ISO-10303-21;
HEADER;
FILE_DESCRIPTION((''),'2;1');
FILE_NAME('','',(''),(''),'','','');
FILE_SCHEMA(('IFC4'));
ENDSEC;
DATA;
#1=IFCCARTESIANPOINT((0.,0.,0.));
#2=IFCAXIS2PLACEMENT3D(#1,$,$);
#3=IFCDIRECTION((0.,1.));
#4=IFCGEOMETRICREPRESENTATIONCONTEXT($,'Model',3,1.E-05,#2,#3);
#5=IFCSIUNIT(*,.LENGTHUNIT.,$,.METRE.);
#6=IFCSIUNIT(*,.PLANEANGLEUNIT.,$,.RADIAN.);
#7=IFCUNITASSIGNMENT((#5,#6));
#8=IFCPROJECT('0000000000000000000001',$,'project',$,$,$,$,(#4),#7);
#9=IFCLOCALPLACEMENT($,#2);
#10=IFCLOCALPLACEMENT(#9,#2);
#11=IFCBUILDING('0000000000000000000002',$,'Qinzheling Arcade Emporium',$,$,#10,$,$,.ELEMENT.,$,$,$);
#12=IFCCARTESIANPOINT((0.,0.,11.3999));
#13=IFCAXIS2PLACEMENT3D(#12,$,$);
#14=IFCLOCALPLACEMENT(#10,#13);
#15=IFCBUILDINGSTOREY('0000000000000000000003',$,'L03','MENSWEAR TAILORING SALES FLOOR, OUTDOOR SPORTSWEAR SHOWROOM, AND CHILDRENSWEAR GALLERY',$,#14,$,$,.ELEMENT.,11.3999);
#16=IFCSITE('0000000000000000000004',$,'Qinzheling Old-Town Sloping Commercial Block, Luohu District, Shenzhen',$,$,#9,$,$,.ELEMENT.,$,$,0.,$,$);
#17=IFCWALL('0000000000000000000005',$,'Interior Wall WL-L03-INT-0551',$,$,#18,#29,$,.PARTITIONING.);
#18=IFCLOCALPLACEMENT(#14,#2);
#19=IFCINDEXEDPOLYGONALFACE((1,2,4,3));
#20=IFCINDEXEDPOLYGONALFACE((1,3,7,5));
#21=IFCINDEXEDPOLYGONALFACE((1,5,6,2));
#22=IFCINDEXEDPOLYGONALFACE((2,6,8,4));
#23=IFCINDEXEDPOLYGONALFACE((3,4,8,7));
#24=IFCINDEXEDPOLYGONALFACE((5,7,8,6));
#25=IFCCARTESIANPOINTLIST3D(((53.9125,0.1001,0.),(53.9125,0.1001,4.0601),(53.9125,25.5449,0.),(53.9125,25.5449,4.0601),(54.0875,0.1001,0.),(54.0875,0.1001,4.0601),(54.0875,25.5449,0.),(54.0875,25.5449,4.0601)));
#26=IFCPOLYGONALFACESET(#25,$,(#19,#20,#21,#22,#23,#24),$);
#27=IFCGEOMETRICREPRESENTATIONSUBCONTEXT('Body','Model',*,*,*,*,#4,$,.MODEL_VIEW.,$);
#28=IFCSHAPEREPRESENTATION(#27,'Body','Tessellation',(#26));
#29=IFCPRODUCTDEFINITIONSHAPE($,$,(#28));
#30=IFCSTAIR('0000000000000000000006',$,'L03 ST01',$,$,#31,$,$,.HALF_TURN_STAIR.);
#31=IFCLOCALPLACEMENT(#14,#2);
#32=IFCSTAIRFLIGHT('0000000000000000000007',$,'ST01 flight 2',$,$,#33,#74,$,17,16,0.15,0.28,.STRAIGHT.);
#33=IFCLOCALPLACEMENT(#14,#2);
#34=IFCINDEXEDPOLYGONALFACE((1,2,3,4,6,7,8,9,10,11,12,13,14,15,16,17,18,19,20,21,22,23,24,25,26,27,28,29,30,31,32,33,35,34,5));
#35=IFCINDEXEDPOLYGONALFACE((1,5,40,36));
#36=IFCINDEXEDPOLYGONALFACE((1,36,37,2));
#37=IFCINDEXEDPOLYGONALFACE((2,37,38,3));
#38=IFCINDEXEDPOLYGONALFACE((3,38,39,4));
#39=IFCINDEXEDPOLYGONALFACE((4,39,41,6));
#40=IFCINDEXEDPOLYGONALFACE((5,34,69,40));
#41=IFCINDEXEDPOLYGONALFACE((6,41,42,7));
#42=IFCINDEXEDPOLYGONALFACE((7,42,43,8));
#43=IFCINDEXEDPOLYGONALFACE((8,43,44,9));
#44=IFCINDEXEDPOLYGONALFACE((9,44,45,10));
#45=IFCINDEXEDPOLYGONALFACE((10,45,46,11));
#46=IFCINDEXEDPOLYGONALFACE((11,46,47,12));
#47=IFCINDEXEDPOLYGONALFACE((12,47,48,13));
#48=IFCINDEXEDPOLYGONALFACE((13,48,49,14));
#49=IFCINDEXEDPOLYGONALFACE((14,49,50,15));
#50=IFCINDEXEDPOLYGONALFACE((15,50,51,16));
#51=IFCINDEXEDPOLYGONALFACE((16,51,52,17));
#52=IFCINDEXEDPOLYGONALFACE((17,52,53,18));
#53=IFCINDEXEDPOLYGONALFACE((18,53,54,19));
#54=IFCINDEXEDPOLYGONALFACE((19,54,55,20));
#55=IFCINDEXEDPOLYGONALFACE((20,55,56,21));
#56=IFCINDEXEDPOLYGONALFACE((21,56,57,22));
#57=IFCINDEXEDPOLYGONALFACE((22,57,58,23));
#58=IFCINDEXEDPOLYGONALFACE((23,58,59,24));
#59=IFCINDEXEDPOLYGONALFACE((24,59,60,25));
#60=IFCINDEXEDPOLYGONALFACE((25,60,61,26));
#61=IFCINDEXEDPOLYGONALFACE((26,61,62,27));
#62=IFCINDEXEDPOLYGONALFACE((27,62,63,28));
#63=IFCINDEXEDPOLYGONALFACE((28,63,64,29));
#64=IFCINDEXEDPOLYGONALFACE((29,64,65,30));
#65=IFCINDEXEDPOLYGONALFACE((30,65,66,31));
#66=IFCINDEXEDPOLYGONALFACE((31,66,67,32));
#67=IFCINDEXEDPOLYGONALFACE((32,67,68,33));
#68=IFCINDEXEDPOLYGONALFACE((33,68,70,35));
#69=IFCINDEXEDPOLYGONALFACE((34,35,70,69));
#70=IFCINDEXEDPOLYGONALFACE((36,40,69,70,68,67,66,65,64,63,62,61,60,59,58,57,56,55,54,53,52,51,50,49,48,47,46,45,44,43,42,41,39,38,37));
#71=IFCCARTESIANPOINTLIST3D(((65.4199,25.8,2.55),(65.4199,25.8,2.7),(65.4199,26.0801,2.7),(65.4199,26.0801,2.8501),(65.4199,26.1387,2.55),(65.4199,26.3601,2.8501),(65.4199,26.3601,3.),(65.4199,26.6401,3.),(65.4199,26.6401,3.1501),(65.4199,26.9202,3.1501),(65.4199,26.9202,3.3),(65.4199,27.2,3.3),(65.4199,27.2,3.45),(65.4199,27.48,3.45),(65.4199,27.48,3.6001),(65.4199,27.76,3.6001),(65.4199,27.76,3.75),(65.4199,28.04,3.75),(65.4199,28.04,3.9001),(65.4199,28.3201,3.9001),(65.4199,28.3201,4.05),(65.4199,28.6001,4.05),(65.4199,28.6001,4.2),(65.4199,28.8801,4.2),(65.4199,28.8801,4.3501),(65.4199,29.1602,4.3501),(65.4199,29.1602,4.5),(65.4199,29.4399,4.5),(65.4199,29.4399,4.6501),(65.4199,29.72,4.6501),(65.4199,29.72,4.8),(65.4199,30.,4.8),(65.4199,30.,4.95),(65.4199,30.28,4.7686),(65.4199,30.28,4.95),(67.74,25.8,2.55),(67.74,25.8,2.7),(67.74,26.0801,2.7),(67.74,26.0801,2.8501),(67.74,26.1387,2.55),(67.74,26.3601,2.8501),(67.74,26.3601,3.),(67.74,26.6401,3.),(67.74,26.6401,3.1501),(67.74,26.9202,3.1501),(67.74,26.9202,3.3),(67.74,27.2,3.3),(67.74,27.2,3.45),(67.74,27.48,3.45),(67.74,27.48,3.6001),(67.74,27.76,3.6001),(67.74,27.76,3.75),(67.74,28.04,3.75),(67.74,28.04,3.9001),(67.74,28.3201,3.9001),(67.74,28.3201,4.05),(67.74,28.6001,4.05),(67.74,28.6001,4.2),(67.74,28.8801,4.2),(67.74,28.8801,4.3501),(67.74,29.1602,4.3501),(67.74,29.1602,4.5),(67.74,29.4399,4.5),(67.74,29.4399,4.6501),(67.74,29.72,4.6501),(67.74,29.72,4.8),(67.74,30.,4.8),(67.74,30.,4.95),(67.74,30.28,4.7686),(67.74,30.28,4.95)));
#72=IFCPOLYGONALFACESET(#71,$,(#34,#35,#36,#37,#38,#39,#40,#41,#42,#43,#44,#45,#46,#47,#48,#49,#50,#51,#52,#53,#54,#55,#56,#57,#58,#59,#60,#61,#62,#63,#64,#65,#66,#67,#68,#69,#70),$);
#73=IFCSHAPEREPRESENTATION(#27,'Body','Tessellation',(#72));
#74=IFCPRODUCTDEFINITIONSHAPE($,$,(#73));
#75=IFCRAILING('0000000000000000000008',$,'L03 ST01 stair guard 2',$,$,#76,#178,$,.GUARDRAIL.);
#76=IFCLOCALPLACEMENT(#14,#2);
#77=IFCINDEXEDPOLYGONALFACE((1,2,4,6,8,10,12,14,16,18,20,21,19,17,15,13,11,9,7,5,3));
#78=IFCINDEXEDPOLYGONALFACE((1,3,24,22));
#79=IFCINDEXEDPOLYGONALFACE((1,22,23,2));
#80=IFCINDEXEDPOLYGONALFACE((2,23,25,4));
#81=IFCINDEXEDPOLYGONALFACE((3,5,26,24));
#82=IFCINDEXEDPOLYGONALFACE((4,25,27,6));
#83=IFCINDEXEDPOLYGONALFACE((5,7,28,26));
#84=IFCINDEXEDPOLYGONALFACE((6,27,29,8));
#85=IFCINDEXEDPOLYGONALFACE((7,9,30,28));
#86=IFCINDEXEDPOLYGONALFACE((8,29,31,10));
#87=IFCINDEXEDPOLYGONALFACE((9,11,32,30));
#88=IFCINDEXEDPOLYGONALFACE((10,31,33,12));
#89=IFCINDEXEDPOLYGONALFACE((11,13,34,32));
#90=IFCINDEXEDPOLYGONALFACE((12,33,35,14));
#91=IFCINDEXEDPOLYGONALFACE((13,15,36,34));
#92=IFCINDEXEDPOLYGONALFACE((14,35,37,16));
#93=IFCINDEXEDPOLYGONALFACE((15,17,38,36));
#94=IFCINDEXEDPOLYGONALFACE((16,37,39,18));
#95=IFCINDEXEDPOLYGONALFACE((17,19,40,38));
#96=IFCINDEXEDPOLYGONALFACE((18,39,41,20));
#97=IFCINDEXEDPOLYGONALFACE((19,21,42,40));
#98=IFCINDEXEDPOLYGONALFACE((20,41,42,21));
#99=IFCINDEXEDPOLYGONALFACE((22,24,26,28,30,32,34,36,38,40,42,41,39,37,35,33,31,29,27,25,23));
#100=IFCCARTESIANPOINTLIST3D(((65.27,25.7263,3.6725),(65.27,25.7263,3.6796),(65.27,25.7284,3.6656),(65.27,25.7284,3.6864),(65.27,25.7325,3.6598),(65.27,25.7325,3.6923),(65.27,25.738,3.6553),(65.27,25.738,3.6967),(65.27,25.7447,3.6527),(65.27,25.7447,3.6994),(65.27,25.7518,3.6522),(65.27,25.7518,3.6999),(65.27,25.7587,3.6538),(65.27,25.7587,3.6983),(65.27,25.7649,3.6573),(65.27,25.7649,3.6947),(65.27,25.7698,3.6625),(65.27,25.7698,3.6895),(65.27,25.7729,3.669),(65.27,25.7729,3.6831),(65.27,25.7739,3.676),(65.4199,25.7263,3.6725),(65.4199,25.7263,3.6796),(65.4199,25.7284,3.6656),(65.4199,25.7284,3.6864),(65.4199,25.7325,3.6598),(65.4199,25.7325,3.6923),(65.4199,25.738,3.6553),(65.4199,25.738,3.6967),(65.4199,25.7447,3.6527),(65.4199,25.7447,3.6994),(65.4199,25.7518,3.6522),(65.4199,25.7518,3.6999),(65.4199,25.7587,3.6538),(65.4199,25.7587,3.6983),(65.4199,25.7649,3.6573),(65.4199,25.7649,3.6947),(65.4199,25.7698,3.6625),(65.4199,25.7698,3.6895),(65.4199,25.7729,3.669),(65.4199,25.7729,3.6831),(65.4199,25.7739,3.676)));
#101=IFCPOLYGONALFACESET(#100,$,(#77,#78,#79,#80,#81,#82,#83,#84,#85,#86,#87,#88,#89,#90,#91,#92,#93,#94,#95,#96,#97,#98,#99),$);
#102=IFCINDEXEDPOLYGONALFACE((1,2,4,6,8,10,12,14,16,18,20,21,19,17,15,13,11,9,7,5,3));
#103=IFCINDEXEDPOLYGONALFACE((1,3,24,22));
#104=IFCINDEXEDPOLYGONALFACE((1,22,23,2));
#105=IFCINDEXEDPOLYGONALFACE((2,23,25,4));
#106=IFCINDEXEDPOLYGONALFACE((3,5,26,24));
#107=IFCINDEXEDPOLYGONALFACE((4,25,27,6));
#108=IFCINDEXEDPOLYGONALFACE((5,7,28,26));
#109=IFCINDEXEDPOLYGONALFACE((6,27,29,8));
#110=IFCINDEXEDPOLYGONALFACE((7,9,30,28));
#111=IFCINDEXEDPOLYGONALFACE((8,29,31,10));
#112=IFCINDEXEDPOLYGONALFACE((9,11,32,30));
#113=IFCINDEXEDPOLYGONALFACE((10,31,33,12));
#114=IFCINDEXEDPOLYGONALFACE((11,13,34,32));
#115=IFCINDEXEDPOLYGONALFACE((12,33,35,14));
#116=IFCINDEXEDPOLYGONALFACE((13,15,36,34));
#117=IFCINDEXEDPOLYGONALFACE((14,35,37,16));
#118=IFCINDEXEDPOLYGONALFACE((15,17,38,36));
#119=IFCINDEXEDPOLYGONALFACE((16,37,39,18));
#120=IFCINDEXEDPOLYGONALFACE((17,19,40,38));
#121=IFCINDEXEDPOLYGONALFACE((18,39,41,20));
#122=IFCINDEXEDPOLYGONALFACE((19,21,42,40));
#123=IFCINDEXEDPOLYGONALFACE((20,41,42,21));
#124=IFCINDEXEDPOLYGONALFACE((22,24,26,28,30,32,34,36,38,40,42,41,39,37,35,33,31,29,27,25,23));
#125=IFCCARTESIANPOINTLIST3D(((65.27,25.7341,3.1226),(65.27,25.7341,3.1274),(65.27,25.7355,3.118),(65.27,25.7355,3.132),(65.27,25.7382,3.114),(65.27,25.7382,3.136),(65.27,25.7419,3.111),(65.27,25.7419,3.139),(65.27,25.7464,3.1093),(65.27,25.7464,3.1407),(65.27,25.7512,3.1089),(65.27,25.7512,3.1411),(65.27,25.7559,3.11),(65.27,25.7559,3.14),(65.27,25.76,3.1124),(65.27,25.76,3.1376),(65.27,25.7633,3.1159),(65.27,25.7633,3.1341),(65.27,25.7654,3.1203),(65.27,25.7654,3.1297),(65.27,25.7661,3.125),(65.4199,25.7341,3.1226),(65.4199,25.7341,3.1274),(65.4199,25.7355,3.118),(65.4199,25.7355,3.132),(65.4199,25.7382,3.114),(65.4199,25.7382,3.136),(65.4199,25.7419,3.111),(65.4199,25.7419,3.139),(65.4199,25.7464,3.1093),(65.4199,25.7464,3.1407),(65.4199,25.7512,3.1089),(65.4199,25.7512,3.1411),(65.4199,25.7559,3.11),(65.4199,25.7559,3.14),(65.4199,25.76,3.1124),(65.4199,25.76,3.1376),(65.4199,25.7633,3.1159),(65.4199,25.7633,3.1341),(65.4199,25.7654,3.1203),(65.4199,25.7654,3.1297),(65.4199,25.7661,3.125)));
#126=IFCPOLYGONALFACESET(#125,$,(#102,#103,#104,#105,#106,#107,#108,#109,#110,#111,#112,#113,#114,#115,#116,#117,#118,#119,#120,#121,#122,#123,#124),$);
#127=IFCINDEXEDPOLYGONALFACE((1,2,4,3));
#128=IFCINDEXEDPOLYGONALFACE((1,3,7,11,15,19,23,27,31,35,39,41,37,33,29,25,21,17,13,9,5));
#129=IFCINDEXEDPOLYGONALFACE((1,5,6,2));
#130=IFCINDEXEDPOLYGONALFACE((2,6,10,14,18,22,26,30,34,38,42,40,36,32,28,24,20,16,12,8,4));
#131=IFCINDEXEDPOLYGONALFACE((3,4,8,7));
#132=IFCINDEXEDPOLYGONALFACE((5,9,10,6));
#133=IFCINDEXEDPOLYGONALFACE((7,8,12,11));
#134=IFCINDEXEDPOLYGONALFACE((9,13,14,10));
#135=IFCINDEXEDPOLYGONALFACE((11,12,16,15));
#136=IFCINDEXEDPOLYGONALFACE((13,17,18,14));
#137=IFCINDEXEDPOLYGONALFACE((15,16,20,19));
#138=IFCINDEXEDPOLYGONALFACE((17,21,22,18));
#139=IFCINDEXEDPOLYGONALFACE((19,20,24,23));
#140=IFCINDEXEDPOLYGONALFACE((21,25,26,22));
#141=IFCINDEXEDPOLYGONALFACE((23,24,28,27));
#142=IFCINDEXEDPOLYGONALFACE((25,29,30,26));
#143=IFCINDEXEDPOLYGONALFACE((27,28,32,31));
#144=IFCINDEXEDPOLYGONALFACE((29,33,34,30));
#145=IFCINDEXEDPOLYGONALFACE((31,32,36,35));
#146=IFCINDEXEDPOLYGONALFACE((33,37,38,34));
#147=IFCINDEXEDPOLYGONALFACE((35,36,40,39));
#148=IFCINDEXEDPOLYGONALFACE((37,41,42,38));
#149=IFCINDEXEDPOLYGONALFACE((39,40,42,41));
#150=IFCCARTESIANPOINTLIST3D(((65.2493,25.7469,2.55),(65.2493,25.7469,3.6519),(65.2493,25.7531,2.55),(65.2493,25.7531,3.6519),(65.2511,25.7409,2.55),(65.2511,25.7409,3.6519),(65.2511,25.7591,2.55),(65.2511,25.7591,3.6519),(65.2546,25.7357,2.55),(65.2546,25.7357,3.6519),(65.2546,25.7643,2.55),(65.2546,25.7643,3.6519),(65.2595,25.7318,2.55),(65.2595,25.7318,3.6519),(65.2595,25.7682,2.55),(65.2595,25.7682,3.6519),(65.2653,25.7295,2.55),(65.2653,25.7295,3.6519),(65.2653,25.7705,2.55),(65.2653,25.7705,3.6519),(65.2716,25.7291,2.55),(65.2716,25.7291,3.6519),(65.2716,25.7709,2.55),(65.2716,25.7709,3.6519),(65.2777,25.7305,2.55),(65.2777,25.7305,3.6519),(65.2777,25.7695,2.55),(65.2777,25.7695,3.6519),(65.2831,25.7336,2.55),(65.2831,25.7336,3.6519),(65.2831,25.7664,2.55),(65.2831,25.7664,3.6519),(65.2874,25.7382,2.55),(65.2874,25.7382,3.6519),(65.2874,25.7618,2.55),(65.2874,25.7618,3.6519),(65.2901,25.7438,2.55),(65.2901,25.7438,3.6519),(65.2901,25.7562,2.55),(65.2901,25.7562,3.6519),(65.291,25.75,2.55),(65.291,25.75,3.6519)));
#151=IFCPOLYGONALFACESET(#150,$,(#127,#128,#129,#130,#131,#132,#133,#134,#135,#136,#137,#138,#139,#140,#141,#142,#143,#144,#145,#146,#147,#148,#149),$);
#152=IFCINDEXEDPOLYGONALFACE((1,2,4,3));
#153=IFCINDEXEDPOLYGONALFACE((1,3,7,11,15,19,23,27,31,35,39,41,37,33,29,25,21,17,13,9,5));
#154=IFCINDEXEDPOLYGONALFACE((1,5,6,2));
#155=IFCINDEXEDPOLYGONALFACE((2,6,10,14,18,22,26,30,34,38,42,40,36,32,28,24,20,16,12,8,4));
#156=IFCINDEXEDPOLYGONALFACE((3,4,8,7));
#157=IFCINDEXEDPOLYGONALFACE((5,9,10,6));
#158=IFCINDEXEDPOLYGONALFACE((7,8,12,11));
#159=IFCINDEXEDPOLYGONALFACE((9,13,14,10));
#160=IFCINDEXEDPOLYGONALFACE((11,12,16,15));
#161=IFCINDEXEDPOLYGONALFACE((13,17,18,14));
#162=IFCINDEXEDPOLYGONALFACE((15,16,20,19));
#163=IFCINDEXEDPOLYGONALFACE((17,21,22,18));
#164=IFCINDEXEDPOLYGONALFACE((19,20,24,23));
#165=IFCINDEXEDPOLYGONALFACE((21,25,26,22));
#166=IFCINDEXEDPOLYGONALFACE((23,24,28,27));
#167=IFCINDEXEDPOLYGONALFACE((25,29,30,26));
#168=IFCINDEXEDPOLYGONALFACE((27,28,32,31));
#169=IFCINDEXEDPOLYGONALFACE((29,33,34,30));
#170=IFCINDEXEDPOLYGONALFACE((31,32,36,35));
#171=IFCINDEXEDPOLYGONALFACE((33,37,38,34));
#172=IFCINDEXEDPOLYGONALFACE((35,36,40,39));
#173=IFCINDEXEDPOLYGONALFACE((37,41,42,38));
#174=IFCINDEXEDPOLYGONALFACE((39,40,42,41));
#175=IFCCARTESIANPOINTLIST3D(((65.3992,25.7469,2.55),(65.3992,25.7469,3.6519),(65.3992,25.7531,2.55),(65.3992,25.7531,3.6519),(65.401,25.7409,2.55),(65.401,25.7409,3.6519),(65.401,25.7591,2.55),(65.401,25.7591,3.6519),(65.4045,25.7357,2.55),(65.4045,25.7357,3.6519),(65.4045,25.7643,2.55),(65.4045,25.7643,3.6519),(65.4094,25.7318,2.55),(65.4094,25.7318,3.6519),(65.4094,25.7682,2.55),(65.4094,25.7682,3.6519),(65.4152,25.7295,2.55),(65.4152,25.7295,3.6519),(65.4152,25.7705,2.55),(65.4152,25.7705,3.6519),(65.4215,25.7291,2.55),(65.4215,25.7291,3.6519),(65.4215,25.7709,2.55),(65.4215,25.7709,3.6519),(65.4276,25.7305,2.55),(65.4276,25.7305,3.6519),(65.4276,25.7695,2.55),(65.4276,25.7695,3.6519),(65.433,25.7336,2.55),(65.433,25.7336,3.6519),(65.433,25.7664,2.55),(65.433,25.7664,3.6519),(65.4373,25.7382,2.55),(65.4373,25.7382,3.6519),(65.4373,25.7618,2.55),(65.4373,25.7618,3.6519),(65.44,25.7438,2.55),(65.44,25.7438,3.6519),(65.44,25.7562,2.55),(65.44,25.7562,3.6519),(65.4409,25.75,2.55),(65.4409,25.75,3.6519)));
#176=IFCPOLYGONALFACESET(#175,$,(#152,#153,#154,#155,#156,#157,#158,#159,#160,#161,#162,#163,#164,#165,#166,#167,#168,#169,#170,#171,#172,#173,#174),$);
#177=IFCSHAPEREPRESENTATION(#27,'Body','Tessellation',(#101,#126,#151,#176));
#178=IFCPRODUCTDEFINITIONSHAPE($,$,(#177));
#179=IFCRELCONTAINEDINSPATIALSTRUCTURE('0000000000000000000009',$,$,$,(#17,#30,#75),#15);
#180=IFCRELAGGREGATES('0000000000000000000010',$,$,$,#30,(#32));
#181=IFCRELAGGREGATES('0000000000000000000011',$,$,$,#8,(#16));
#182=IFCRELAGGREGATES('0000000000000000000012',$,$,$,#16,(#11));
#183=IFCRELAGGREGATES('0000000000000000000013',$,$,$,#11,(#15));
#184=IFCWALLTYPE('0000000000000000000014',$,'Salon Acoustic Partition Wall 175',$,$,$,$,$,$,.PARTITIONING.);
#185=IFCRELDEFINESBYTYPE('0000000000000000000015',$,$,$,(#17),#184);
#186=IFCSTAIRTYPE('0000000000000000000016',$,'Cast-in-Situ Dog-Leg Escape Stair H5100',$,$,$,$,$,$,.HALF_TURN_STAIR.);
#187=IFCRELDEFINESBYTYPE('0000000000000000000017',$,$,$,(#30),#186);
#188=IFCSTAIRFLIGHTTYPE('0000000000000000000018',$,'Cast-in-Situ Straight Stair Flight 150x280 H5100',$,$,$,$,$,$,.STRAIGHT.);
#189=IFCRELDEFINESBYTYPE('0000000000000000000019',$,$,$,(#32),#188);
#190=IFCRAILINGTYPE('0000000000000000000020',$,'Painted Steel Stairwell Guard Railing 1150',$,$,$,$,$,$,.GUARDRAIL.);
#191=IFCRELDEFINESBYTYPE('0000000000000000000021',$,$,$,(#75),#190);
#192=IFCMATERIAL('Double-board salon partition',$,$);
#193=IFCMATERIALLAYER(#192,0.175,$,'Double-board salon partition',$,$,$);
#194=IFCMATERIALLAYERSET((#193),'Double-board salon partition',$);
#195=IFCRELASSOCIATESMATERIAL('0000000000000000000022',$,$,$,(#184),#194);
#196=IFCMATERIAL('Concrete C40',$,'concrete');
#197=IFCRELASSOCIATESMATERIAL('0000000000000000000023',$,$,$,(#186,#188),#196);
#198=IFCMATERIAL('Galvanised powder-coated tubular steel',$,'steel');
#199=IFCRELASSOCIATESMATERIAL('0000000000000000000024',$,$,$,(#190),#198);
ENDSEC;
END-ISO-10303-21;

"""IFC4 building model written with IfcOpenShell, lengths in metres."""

from ifc_helpers import new_model, si_unit, direction, frame, frame_2d, origin, origin_2d, place, context, subcontext, project, spatial, polyline, rectangle, circle, outline, extrude, material, layer, layer_set, type_object, element, aggregate, save


model = new_model("IFC4")

# Units and contexts
model_context = context("Model", 3, precision=1e-05, world=origin(), true_north=direction((0.0, 1.0)))
body_context = subcontext(model_context, "Body", "Model", "MODEL_VIEW")
ifc_project = project(units=[si_unit("LENGTHUNIT", "METRE"), si_unit("PLANEANGLEUNIT", "RADIAN")], contexts=[model_context])

# Site, building, storey
site_placement = place(None, origin())
site = spatial("IfcSite", under=ifc_project, at=site_placement, Name="Qinzheling Old-Town Sloping Commercial Block, Luohu District, Shenzhen", CompositionType="ELEMENT", RefElevation=0.0)
building_placement = place(site_placement, origin())
building = spatial("IfcBuilding", under=site, at=building_placement, Name="Qinzheling Arcade Emporium", CompositionType="ELEMENT")
storey_placement = place(building_placement, frame((0.0, 0.0, 11.3999)))
storey = spatial("IfcBuildingStorey", under=building, at=storey_placement, Name="L03", Description="MENSWEAR TAILORING SALES FLOOR, OUTDOOR SPORTSWEAR SHOWROOM, AND CHILDRENSWEAR GALLERY", CompositionType="ELEMENT", Elevation=11.3999)

# Shared definitions
ifc_material_1 = material(Name="Concrete C40", Category="concrete")

# Wall
ifc_material_2 = material(Name="Double-board salon partition")
ifc_layer_1 = layer(ifc_material_2, 0.175, Name="Double-board salon partition")
ifc_layer_set_1 = layer_set([ifc_layer_1], Name="Double-board salon partition")
wall_type_1 = type_object("IfcWallType", Name="Salon Acoustic Partition Wall 175", PredefinedType="PARTITIONING", material=ifc_layer_set_1)
wall_1_placement = place(storey_placement, frame((54.0, 25.5449, 0.0), z_axis=(0.0, 0.0, 1.0), x_axis=(0.0, -1.0, 0.0)))
element("IfcWall", 1, at=wall_1_placement, inside=storey, type_object=wall_type_1, Name="Interior Wall WL-L03-INT-0551", PredefinedType="PARTITIONING", context=body_context, shape_type="SweptSolid", body=[
    extrude(rectangle(XDim=25.4448, YDim=0.175, at=frame_2d((12.7224, 0.0))), origin(), (0.0, 0.0, 1.0), 4.0601),
])

# Stair, stair flight
stair_type = type_object("IfcStairType", Name="Cast-in-Situ Dog-Leg Escape Stair H5100", PredefinedType="HALF_TURN_STAIR", material=ifc_material_1)
stair_placement = place(storey_placement, origin())
stair = element("IfcStair", 2, at=stair_placement, inside=storey, type_object=stair_type, Name="L03 ST01", PredefinedType="HALF_TURN_STAIR")
stair_flight_type = type_object("IfcStairFlightType", Name="Cast-in-Situ Straight Stair Flight 150x280 H5100", PredefinedType="STRAIGHT", material=ifc_material_1)
stair_flight_placement = place(storey_placement, frame((66.5801, 25.8, 2.55), z_axis=(0.0, 0.0, 1.0), x_axis=(0.0, 1.0, 0.0)))
stair_flight = element("IfcStairFlight", 3, at=stair_flight_placement, type_object=stair_flight_type, Name="ST01 flight 2", NumberOfRisers=17, NumberOfTreads=16, PredefinedType="STRAIGHT", RiserHeight=0.15, TreadLength=0.28, context=body_context, shape_type="SweptSolid", body=[
    extrude(outline(polyline([(0.0, 0.0), (0.0, 0.1499), (0.28, 0.1499), (0.28, 0.3), (0.5601, 0.3), (0.5601, 0.45), (0.8401, 0.45), (0.8401, 0.6001), (1.1201, 0.6001), (1.1201, 0.75), (1.3999, 0.75), (1.3999, 0.8999), (1.6799, 0.8999), (1.6799, 1.05), (1.96, 1.05), (1.96, 1.2), (2.24, 1.2), (2.24, 1.3501), (2.52, 1.3501), (2.52, 1.5), (2.8, 1.5), (2.8, 1.6499), (3.0801, 1.6499), (3.0801, 1.8), (3.3601, 1.8), (3.3601, 1.95), (3.6399, 1.95), (3.6399, 2.1001), (3.9199, 2.1001), (3.9199, 2.25), (4.2, 2.25), (4.2, 2.3999), (4.48, 2.3999), (4.48, 2.55), (4.48, 2.2185), (0.3386, 0.0), (0.0, 0.0)])), frame((0.0, 1.1602, 0.0), z_axis=(0.0, -1.0, 0.0), x_axis=(1.0, 0.0, 0.0)), (0.0, 0.0, 1.0), 2.3201),
])
aggregate(stair, [stair_flight])

# Railing
ifc_material_3 = material(Name="Galvanised powder-coated tubular steel", Category="steel")
railing_type_1 = type_object("IfcRailingType", Name="Painted Steel Stairwell Guard Railing 1150", PredefinedType="GUARDRAIL", material=ifc_material_3)
railing_1_placement = place(storey_placement, frame((65.27, 25.75, 2.55)))
element("IfcRailing", 4, at=railing_1_placement, inside=storey, type_object=railing_type_1, Name="L03 ST01 stair guard 2", PredefinedType="GUARDRAIL", context=body_context, shape_type="SweptSolid", body=[
    extrude(circle(Radius=0.0239, at=origin_2d()), frame((0.0, 0.0, 1.126), z_axis=(1.0, 0.0, 0.0), x_axis=(0.0, 1.0, 0.0)), (0.0, 0.0, 1.0), 0.1499),
    extrude(circle(Radius=0.0161, at=origin_2d()), frame((0.0, 0.0, 0.575), z_axis=(1.0, 0.0, 0.0), x_axis=(0.0, 1.0, 0.0)), (0.0, 0.0, 1.0), 0.1499),
    extrude(circle(Radius=0.021, at=origin_2d()), origin(), (0.0, 0.0, 1.0), 1.1018),
    extrude(circle(Radius=0.021, at=origin_2d()), frame((0.1499, 0.0, 0.0)), (0.0, 0.0, 1.0), 1.1018),
])

save(model, "model.ifc")
